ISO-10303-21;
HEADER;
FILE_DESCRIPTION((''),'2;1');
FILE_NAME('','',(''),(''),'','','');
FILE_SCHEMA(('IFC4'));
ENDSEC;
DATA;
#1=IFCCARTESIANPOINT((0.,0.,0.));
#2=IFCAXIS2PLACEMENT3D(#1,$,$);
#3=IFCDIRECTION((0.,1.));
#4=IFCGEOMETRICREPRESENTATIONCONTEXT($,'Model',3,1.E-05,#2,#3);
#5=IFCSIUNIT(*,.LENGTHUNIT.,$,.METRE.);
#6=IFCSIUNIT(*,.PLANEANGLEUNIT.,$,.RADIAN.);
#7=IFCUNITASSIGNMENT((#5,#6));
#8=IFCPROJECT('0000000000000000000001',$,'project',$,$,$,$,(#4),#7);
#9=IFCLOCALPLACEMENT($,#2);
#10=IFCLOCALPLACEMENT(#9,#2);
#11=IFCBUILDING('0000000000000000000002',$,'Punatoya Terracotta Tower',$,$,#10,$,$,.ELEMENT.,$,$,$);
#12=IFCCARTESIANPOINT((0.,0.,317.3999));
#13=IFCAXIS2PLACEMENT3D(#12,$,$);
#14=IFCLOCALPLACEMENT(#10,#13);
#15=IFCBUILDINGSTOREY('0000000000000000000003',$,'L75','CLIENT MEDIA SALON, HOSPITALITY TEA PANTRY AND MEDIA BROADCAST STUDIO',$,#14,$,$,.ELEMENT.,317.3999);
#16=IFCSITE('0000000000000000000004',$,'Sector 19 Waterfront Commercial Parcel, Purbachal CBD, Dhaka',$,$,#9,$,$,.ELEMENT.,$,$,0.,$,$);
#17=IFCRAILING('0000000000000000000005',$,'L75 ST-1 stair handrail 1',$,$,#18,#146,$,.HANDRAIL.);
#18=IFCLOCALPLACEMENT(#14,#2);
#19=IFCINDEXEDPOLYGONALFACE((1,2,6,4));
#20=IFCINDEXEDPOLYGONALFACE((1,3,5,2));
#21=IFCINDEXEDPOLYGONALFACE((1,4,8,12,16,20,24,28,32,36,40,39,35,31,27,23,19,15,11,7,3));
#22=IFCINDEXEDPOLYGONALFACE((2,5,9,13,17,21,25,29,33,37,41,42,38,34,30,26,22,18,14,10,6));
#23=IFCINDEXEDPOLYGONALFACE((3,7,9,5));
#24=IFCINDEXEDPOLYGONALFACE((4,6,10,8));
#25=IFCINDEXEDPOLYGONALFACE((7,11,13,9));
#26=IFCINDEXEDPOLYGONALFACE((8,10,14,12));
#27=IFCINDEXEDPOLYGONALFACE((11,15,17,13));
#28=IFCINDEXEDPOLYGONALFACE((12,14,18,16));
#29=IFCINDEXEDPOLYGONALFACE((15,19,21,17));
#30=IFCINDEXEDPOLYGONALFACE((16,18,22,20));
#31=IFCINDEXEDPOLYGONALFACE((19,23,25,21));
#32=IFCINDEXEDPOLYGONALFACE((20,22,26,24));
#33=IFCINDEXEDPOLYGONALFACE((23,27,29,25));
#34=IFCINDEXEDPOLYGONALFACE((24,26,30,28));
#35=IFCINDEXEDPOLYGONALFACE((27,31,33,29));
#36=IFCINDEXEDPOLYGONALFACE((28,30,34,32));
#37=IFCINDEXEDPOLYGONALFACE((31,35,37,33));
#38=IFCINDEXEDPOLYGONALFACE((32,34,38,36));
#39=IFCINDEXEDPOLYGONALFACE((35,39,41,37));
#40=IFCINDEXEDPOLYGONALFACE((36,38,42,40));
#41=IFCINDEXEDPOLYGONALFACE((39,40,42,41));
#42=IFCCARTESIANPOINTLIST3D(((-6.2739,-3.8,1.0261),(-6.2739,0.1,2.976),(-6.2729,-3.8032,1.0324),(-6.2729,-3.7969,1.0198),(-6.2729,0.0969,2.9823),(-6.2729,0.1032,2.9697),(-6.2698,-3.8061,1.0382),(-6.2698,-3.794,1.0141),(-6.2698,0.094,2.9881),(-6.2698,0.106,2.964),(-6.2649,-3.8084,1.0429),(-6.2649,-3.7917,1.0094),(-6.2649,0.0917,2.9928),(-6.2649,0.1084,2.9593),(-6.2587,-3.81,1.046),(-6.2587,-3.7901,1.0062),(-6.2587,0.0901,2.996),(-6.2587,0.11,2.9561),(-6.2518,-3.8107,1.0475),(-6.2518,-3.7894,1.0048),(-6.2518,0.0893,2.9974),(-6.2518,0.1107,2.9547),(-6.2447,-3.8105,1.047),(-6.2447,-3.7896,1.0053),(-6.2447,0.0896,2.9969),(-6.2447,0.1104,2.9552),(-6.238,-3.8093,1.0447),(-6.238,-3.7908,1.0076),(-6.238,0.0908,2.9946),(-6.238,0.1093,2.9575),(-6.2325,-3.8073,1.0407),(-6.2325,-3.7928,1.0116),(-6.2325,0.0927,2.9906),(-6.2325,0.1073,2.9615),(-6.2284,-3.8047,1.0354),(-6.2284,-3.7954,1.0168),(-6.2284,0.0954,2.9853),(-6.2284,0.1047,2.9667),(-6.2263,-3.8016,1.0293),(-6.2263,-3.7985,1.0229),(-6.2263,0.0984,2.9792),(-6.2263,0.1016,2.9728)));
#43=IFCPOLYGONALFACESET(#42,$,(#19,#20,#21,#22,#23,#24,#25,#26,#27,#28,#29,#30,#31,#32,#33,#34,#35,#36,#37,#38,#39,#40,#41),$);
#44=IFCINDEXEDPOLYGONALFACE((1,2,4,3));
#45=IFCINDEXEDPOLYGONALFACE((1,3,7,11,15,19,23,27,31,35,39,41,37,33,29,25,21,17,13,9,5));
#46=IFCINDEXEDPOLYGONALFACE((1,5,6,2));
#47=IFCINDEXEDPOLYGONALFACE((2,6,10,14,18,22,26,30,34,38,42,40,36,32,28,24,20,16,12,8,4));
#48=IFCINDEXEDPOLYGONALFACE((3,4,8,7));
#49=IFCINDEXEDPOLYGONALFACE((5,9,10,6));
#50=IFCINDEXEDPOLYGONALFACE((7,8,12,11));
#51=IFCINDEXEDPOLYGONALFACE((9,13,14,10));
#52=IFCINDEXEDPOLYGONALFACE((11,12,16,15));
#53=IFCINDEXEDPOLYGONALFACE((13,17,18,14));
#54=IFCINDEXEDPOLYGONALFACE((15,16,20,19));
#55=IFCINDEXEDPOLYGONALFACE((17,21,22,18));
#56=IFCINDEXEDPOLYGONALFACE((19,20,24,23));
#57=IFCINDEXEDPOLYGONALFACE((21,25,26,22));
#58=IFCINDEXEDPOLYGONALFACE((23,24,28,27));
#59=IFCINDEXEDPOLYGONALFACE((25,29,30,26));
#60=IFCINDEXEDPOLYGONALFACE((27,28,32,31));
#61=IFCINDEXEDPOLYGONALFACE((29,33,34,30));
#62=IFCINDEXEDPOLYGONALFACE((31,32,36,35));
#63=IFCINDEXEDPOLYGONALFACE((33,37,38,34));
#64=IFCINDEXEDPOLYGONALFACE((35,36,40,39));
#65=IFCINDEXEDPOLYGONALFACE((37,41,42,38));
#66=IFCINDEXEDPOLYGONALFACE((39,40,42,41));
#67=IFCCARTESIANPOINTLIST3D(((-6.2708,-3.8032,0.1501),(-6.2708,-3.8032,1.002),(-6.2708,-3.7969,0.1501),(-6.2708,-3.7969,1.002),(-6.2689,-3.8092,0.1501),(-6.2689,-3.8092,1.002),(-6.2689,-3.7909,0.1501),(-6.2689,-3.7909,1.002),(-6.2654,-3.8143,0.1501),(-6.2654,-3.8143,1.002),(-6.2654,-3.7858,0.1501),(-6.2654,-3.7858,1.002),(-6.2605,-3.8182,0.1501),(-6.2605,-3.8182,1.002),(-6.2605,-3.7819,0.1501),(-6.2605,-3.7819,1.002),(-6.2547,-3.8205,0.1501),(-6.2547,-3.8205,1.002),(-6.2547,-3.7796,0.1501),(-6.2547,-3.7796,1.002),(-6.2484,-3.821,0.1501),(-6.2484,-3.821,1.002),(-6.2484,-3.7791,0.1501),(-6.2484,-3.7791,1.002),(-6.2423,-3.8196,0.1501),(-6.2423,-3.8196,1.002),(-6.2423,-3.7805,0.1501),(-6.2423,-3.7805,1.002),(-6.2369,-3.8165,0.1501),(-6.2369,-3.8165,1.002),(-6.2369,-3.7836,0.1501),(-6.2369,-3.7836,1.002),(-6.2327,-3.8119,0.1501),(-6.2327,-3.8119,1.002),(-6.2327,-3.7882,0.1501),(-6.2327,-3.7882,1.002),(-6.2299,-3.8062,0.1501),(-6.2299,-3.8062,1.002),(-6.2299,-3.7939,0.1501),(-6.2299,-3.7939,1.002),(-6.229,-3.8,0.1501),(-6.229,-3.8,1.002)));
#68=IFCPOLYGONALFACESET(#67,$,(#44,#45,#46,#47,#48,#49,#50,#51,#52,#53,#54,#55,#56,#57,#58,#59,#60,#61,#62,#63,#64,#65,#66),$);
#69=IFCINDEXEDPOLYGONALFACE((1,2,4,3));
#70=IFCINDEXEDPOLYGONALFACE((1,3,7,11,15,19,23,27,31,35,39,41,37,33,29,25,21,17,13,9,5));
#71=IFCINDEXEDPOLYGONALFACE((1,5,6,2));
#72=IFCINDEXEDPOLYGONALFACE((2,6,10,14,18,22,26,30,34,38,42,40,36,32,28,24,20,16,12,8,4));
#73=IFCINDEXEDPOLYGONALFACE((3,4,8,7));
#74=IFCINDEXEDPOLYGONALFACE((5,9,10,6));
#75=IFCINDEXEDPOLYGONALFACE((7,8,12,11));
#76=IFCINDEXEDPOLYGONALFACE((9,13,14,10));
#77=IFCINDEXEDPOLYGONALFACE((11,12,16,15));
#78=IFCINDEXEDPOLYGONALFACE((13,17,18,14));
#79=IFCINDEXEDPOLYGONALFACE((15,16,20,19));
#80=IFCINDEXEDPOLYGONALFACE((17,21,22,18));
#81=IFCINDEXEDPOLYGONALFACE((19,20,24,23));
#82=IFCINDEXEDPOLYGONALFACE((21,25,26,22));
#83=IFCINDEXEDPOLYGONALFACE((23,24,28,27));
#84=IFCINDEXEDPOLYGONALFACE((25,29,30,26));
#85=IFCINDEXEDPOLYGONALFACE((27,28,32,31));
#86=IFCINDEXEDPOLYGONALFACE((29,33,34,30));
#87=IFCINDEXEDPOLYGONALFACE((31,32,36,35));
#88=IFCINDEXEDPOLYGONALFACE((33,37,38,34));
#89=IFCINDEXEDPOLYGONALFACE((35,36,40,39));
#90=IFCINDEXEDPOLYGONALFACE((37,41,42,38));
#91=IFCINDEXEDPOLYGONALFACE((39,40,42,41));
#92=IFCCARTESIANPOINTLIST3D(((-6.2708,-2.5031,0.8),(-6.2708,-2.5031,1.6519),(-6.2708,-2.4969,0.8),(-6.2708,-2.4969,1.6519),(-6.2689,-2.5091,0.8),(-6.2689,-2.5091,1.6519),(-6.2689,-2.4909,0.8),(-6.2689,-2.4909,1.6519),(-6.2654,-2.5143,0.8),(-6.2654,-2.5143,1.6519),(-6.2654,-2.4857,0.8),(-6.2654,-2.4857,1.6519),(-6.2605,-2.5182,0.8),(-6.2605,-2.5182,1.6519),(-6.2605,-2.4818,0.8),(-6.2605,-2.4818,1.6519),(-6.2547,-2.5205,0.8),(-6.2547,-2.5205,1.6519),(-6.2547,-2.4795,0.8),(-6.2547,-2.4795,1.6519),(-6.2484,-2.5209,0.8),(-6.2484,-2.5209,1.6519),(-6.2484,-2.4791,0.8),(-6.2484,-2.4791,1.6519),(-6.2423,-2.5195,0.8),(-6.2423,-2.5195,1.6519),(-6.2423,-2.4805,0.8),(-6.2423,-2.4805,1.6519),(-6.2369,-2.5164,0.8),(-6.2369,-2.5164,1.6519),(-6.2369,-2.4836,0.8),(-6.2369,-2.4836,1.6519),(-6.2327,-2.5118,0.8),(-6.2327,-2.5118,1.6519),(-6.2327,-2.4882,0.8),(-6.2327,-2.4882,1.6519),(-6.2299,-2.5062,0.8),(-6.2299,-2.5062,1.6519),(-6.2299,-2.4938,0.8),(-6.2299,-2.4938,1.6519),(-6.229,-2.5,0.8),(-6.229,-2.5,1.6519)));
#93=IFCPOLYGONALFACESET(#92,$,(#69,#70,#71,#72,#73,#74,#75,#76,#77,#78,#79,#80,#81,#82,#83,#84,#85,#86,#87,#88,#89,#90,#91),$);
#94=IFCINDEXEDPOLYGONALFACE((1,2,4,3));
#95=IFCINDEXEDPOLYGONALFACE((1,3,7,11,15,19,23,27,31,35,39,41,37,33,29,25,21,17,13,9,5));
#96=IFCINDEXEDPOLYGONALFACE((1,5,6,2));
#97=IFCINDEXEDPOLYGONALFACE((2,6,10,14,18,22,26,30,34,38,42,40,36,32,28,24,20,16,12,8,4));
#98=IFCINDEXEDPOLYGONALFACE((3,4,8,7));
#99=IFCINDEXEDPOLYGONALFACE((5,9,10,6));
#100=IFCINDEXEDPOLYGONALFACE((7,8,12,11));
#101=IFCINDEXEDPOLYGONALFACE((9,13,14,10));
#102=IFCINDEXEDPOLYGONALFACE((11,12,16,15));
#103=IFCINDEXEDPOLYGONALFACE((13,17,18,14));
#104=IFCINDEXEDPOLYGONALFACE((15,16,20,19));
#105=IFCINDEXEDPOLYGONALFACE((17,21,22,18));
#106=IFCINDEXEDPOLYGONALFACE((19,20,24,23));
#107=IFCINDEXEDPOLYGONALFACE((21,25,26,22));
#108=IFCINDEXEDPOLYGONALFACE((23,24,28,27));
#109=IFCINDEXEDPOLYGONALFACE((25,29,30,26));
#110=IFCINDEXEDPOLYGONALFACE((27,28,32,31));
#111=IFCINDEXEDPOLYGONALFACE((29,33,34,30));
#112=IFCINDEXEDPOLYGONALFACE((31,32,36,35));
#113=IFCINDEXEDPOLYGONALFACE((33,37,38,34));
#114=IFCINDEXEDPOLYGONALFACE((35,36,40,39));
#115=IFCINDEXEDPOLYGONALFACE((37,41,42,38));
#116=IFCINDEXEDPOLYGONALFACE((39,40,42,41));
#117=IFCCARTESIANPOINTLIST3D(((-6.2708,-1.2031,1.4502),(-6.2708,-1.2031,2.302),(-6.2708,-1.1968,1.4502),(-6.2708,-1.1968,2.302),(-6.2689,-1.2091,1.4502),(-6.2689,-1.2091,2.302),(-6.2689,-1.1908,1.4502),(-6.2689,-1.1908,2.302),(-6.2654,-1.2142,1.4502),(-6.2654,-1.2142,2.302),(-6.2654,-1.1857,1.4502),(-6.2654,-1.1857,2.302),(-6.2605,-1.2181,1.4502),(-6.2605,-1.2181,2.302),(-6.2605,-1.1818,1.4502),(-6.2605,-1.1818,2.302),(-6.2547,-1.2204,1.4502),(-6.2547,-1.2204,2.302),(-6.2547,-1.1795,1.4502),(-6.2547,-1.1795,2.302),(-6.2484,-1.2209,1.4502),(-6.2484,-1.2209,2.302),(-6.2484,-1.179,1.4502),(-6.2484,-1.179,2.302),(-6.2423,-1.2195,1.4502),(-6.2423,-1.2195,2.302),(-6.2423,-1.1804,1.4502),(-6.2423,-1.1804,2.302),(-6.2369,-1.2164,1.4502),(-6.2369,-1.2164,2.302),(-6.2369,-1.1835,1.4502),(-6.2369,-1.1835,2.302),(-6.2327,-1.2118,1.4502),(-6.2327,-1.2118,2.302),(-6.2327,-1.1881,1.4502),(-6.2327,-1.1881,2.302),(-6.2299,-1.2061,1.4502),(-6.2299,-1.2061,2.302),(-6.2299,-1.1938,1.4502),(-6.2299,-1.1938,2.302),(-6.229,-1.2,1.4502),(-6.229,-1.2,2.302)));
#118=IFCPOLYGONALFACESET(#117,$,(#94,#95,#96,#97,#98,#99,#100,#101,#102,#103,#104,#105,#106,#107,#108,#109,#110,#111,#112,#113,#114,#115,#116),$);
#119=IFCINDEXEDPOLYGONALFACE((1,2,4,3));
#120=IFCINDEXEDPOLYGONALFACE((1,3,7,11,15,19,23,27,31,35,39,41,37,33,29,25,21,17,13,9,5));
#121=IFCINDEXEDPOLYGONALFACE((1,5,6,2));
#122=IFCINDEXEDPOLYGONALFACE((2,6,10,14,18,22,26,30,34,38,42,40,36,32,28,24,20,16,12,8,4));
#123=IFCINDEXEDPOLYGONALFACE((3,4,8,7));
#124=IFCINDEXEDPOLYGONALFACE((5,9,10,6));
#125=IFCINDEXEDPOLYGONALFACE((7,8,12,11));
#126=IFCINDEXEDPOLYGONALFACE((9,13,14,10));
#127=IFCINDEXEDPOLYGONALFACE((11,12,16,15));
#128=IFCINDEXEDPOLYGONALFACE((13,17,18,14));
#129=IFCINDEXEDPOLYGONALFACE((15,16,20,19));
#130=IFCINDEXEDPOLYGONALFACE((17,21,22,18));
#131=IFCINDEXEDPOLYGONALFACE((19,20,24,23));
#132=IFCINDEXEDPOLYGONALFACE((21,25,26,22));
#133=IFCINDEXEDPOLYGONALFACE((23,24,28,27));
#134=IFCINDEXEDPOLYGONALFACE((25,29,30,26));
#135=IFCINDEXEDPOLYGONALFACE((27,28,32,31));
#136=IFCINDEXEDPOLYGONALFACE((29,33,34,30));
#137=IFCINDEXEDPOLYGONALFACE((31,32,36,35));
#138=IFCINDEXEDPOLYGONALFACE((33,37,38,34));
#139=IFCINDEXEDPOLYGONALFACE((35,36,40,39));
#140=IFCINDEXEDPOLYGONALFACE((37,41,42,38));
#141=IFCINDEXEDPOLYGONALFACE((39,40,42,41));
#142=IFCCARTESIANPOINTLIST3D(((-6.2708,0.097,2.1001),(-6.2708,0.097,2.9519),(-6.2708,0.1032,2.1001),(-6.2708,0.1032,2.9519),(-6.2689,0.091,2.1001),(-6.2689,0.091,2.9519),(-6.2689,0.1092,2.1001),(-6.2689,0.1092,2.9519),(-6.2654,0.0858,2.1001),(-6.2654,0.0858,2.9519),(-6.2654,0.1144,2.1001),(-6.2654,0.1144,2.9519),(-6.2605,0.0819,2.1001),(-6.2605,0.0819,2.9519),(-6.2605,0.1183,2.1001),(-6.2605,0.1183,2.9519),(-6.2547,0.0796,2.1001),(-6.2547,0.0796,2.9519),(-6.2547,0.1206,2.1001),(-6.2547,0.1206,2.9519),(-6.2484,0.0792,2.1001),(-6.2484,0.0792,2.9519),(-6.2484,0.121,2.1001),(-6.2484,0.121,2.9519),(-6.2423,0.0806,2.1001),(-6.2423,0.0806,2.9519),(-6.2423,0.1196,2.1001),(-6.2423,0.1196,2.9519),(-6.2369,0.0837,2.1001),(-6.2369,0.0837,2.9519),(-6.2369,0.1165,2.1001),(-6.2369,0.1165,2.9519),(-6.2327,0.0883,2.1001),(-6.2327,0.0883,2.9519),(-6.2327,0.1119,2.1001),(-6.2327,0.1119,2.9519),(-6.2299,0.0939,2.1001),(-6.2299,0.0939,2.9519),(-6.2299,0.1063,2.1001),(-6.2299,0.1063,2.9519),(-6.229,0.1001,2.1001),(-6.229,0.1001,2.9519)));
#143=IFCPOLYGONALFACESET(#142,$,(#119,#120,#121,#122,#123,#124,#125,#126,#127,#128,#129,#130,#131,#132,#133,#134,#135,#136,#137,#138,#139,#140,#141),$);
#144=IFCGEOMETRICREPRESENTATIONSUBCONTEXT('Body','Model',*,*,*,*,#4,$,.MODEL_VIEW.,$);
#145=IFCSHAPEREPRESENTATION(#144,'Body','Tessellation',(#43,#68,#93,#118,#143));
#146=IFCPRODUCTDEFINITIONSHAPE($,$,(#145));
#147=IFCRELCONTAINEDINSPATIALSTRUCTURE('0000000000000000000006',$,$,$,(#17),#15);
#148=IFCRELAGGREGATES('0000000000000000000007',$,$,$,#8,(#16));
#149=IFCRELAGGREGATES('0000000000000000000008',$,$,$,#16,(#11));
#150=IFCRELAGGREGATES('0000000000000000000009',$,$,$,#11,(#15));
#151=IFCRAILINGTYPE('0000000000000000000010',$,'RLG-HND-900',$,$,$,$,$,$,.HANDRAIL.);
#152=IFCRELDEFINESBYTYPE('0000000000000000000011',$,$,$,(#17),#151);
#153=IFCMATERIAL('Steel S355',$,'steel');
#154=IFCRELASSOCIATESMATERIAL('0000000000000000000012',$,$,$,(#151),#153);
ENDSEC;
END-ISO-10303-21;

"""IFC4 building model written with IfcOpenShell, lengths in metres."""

from ifc_helpers import new_model, si_unit, direction, frame, origin, origin_2d, place, context, subcontext, project, spatial, circle, extrude, material, type_object, element, save


model = new_model("IFC4")

# Units and contexts
model_context = context("Model", 3, precision=1e-05, world=origin(), true_north=direction((0.0, 1.0)))
body_context = subcontext(model_context, "Body", "Model", "MODEL_VIEW")
ifc_project = project(units=[si_unit("LENGTHUNIT", "METRE"), si_unit("PLANEANGLEUNIT", "RADIAN")], contexts=[model_context])

# Site, building, storey
site_placement = place(None, origin())
site = spatial("IfcSite", under=ifc_project, at=site_placement, Name="Sector 19 Waterfront Commercial Parcel, Purbachal CBD, Dhaka", CompositionType="ELEMENT", RefElevation=0.0)
building_placement = place(site_placement, origin())
building = spatial("IfcBuilding", under=site, at=building_placement, Name="Punatoya Terracotta Tower", CompositionType="ELEMENT")
storey_placement = place(building_placement, frame((0.0, 0.0, 317.3999)))
storey = spatial("IfcBuildingStorey", under=building, at=storey_placement, Name="L75", Description="CLIENT MEDIA SALON, HOSPITALITY TEA PANTRY AND MEDIA BROADCAST STUDIO", CompositionType="ELEMENT", Elevation=317.3999)

# Railing
ifc_material_1 = material(Name="Steel S355", Category="steel")
railing_type_1 = type_object("IfcRailingType", Name="RLG-HND-900", PredefinedType="HANDRAIL", material=ifc_material_1)
railing_1_placement = place(storey_placement, frame((-6.25, -3.8, 0.1501)))
element("IfcRailing", 1, at=railing_1_placement, inside=storey, type_object=railing_type_1, Name="L75 ST-1 stair handrail 1", PredefinedType="HANDRAIL", context=body_context, shape_type="SweptSolid", body=[
    extrude(circle(Radius=0.0239, at=origin_2d()), frame((0.0, 0.0, 0.876), z_axis=(0.0, 0.894438, 0.447191), x_axis=(-1.0, 0.0, 0.0)), (0.0, 0.0, 1.0), 4.3604),
    extrude(circle(Radius=0.021, at=origin_2d()), origin(), (0.0, 0.0, 1.0), 0.8518),
    extrude(circle(Radius=0.021, at=origin_2d()), frame((0.0, 1.3, 0.6499)), (0.0, 0.0, 1.0), 0.8518),
    extrude(circle(Radius=0.021, at=origin_2d()), frame((0.0, 2.6001, 1.3)), (0.0, 0.0, 1.0), 0.8518),
    extrude(circle(Radius=0.021, at=origin_2d()), frame((0.0, 3.9001, 1.95)), (0.0, 0.0, 1.0), 0.8518),
])

save(model, "model.ifc")
